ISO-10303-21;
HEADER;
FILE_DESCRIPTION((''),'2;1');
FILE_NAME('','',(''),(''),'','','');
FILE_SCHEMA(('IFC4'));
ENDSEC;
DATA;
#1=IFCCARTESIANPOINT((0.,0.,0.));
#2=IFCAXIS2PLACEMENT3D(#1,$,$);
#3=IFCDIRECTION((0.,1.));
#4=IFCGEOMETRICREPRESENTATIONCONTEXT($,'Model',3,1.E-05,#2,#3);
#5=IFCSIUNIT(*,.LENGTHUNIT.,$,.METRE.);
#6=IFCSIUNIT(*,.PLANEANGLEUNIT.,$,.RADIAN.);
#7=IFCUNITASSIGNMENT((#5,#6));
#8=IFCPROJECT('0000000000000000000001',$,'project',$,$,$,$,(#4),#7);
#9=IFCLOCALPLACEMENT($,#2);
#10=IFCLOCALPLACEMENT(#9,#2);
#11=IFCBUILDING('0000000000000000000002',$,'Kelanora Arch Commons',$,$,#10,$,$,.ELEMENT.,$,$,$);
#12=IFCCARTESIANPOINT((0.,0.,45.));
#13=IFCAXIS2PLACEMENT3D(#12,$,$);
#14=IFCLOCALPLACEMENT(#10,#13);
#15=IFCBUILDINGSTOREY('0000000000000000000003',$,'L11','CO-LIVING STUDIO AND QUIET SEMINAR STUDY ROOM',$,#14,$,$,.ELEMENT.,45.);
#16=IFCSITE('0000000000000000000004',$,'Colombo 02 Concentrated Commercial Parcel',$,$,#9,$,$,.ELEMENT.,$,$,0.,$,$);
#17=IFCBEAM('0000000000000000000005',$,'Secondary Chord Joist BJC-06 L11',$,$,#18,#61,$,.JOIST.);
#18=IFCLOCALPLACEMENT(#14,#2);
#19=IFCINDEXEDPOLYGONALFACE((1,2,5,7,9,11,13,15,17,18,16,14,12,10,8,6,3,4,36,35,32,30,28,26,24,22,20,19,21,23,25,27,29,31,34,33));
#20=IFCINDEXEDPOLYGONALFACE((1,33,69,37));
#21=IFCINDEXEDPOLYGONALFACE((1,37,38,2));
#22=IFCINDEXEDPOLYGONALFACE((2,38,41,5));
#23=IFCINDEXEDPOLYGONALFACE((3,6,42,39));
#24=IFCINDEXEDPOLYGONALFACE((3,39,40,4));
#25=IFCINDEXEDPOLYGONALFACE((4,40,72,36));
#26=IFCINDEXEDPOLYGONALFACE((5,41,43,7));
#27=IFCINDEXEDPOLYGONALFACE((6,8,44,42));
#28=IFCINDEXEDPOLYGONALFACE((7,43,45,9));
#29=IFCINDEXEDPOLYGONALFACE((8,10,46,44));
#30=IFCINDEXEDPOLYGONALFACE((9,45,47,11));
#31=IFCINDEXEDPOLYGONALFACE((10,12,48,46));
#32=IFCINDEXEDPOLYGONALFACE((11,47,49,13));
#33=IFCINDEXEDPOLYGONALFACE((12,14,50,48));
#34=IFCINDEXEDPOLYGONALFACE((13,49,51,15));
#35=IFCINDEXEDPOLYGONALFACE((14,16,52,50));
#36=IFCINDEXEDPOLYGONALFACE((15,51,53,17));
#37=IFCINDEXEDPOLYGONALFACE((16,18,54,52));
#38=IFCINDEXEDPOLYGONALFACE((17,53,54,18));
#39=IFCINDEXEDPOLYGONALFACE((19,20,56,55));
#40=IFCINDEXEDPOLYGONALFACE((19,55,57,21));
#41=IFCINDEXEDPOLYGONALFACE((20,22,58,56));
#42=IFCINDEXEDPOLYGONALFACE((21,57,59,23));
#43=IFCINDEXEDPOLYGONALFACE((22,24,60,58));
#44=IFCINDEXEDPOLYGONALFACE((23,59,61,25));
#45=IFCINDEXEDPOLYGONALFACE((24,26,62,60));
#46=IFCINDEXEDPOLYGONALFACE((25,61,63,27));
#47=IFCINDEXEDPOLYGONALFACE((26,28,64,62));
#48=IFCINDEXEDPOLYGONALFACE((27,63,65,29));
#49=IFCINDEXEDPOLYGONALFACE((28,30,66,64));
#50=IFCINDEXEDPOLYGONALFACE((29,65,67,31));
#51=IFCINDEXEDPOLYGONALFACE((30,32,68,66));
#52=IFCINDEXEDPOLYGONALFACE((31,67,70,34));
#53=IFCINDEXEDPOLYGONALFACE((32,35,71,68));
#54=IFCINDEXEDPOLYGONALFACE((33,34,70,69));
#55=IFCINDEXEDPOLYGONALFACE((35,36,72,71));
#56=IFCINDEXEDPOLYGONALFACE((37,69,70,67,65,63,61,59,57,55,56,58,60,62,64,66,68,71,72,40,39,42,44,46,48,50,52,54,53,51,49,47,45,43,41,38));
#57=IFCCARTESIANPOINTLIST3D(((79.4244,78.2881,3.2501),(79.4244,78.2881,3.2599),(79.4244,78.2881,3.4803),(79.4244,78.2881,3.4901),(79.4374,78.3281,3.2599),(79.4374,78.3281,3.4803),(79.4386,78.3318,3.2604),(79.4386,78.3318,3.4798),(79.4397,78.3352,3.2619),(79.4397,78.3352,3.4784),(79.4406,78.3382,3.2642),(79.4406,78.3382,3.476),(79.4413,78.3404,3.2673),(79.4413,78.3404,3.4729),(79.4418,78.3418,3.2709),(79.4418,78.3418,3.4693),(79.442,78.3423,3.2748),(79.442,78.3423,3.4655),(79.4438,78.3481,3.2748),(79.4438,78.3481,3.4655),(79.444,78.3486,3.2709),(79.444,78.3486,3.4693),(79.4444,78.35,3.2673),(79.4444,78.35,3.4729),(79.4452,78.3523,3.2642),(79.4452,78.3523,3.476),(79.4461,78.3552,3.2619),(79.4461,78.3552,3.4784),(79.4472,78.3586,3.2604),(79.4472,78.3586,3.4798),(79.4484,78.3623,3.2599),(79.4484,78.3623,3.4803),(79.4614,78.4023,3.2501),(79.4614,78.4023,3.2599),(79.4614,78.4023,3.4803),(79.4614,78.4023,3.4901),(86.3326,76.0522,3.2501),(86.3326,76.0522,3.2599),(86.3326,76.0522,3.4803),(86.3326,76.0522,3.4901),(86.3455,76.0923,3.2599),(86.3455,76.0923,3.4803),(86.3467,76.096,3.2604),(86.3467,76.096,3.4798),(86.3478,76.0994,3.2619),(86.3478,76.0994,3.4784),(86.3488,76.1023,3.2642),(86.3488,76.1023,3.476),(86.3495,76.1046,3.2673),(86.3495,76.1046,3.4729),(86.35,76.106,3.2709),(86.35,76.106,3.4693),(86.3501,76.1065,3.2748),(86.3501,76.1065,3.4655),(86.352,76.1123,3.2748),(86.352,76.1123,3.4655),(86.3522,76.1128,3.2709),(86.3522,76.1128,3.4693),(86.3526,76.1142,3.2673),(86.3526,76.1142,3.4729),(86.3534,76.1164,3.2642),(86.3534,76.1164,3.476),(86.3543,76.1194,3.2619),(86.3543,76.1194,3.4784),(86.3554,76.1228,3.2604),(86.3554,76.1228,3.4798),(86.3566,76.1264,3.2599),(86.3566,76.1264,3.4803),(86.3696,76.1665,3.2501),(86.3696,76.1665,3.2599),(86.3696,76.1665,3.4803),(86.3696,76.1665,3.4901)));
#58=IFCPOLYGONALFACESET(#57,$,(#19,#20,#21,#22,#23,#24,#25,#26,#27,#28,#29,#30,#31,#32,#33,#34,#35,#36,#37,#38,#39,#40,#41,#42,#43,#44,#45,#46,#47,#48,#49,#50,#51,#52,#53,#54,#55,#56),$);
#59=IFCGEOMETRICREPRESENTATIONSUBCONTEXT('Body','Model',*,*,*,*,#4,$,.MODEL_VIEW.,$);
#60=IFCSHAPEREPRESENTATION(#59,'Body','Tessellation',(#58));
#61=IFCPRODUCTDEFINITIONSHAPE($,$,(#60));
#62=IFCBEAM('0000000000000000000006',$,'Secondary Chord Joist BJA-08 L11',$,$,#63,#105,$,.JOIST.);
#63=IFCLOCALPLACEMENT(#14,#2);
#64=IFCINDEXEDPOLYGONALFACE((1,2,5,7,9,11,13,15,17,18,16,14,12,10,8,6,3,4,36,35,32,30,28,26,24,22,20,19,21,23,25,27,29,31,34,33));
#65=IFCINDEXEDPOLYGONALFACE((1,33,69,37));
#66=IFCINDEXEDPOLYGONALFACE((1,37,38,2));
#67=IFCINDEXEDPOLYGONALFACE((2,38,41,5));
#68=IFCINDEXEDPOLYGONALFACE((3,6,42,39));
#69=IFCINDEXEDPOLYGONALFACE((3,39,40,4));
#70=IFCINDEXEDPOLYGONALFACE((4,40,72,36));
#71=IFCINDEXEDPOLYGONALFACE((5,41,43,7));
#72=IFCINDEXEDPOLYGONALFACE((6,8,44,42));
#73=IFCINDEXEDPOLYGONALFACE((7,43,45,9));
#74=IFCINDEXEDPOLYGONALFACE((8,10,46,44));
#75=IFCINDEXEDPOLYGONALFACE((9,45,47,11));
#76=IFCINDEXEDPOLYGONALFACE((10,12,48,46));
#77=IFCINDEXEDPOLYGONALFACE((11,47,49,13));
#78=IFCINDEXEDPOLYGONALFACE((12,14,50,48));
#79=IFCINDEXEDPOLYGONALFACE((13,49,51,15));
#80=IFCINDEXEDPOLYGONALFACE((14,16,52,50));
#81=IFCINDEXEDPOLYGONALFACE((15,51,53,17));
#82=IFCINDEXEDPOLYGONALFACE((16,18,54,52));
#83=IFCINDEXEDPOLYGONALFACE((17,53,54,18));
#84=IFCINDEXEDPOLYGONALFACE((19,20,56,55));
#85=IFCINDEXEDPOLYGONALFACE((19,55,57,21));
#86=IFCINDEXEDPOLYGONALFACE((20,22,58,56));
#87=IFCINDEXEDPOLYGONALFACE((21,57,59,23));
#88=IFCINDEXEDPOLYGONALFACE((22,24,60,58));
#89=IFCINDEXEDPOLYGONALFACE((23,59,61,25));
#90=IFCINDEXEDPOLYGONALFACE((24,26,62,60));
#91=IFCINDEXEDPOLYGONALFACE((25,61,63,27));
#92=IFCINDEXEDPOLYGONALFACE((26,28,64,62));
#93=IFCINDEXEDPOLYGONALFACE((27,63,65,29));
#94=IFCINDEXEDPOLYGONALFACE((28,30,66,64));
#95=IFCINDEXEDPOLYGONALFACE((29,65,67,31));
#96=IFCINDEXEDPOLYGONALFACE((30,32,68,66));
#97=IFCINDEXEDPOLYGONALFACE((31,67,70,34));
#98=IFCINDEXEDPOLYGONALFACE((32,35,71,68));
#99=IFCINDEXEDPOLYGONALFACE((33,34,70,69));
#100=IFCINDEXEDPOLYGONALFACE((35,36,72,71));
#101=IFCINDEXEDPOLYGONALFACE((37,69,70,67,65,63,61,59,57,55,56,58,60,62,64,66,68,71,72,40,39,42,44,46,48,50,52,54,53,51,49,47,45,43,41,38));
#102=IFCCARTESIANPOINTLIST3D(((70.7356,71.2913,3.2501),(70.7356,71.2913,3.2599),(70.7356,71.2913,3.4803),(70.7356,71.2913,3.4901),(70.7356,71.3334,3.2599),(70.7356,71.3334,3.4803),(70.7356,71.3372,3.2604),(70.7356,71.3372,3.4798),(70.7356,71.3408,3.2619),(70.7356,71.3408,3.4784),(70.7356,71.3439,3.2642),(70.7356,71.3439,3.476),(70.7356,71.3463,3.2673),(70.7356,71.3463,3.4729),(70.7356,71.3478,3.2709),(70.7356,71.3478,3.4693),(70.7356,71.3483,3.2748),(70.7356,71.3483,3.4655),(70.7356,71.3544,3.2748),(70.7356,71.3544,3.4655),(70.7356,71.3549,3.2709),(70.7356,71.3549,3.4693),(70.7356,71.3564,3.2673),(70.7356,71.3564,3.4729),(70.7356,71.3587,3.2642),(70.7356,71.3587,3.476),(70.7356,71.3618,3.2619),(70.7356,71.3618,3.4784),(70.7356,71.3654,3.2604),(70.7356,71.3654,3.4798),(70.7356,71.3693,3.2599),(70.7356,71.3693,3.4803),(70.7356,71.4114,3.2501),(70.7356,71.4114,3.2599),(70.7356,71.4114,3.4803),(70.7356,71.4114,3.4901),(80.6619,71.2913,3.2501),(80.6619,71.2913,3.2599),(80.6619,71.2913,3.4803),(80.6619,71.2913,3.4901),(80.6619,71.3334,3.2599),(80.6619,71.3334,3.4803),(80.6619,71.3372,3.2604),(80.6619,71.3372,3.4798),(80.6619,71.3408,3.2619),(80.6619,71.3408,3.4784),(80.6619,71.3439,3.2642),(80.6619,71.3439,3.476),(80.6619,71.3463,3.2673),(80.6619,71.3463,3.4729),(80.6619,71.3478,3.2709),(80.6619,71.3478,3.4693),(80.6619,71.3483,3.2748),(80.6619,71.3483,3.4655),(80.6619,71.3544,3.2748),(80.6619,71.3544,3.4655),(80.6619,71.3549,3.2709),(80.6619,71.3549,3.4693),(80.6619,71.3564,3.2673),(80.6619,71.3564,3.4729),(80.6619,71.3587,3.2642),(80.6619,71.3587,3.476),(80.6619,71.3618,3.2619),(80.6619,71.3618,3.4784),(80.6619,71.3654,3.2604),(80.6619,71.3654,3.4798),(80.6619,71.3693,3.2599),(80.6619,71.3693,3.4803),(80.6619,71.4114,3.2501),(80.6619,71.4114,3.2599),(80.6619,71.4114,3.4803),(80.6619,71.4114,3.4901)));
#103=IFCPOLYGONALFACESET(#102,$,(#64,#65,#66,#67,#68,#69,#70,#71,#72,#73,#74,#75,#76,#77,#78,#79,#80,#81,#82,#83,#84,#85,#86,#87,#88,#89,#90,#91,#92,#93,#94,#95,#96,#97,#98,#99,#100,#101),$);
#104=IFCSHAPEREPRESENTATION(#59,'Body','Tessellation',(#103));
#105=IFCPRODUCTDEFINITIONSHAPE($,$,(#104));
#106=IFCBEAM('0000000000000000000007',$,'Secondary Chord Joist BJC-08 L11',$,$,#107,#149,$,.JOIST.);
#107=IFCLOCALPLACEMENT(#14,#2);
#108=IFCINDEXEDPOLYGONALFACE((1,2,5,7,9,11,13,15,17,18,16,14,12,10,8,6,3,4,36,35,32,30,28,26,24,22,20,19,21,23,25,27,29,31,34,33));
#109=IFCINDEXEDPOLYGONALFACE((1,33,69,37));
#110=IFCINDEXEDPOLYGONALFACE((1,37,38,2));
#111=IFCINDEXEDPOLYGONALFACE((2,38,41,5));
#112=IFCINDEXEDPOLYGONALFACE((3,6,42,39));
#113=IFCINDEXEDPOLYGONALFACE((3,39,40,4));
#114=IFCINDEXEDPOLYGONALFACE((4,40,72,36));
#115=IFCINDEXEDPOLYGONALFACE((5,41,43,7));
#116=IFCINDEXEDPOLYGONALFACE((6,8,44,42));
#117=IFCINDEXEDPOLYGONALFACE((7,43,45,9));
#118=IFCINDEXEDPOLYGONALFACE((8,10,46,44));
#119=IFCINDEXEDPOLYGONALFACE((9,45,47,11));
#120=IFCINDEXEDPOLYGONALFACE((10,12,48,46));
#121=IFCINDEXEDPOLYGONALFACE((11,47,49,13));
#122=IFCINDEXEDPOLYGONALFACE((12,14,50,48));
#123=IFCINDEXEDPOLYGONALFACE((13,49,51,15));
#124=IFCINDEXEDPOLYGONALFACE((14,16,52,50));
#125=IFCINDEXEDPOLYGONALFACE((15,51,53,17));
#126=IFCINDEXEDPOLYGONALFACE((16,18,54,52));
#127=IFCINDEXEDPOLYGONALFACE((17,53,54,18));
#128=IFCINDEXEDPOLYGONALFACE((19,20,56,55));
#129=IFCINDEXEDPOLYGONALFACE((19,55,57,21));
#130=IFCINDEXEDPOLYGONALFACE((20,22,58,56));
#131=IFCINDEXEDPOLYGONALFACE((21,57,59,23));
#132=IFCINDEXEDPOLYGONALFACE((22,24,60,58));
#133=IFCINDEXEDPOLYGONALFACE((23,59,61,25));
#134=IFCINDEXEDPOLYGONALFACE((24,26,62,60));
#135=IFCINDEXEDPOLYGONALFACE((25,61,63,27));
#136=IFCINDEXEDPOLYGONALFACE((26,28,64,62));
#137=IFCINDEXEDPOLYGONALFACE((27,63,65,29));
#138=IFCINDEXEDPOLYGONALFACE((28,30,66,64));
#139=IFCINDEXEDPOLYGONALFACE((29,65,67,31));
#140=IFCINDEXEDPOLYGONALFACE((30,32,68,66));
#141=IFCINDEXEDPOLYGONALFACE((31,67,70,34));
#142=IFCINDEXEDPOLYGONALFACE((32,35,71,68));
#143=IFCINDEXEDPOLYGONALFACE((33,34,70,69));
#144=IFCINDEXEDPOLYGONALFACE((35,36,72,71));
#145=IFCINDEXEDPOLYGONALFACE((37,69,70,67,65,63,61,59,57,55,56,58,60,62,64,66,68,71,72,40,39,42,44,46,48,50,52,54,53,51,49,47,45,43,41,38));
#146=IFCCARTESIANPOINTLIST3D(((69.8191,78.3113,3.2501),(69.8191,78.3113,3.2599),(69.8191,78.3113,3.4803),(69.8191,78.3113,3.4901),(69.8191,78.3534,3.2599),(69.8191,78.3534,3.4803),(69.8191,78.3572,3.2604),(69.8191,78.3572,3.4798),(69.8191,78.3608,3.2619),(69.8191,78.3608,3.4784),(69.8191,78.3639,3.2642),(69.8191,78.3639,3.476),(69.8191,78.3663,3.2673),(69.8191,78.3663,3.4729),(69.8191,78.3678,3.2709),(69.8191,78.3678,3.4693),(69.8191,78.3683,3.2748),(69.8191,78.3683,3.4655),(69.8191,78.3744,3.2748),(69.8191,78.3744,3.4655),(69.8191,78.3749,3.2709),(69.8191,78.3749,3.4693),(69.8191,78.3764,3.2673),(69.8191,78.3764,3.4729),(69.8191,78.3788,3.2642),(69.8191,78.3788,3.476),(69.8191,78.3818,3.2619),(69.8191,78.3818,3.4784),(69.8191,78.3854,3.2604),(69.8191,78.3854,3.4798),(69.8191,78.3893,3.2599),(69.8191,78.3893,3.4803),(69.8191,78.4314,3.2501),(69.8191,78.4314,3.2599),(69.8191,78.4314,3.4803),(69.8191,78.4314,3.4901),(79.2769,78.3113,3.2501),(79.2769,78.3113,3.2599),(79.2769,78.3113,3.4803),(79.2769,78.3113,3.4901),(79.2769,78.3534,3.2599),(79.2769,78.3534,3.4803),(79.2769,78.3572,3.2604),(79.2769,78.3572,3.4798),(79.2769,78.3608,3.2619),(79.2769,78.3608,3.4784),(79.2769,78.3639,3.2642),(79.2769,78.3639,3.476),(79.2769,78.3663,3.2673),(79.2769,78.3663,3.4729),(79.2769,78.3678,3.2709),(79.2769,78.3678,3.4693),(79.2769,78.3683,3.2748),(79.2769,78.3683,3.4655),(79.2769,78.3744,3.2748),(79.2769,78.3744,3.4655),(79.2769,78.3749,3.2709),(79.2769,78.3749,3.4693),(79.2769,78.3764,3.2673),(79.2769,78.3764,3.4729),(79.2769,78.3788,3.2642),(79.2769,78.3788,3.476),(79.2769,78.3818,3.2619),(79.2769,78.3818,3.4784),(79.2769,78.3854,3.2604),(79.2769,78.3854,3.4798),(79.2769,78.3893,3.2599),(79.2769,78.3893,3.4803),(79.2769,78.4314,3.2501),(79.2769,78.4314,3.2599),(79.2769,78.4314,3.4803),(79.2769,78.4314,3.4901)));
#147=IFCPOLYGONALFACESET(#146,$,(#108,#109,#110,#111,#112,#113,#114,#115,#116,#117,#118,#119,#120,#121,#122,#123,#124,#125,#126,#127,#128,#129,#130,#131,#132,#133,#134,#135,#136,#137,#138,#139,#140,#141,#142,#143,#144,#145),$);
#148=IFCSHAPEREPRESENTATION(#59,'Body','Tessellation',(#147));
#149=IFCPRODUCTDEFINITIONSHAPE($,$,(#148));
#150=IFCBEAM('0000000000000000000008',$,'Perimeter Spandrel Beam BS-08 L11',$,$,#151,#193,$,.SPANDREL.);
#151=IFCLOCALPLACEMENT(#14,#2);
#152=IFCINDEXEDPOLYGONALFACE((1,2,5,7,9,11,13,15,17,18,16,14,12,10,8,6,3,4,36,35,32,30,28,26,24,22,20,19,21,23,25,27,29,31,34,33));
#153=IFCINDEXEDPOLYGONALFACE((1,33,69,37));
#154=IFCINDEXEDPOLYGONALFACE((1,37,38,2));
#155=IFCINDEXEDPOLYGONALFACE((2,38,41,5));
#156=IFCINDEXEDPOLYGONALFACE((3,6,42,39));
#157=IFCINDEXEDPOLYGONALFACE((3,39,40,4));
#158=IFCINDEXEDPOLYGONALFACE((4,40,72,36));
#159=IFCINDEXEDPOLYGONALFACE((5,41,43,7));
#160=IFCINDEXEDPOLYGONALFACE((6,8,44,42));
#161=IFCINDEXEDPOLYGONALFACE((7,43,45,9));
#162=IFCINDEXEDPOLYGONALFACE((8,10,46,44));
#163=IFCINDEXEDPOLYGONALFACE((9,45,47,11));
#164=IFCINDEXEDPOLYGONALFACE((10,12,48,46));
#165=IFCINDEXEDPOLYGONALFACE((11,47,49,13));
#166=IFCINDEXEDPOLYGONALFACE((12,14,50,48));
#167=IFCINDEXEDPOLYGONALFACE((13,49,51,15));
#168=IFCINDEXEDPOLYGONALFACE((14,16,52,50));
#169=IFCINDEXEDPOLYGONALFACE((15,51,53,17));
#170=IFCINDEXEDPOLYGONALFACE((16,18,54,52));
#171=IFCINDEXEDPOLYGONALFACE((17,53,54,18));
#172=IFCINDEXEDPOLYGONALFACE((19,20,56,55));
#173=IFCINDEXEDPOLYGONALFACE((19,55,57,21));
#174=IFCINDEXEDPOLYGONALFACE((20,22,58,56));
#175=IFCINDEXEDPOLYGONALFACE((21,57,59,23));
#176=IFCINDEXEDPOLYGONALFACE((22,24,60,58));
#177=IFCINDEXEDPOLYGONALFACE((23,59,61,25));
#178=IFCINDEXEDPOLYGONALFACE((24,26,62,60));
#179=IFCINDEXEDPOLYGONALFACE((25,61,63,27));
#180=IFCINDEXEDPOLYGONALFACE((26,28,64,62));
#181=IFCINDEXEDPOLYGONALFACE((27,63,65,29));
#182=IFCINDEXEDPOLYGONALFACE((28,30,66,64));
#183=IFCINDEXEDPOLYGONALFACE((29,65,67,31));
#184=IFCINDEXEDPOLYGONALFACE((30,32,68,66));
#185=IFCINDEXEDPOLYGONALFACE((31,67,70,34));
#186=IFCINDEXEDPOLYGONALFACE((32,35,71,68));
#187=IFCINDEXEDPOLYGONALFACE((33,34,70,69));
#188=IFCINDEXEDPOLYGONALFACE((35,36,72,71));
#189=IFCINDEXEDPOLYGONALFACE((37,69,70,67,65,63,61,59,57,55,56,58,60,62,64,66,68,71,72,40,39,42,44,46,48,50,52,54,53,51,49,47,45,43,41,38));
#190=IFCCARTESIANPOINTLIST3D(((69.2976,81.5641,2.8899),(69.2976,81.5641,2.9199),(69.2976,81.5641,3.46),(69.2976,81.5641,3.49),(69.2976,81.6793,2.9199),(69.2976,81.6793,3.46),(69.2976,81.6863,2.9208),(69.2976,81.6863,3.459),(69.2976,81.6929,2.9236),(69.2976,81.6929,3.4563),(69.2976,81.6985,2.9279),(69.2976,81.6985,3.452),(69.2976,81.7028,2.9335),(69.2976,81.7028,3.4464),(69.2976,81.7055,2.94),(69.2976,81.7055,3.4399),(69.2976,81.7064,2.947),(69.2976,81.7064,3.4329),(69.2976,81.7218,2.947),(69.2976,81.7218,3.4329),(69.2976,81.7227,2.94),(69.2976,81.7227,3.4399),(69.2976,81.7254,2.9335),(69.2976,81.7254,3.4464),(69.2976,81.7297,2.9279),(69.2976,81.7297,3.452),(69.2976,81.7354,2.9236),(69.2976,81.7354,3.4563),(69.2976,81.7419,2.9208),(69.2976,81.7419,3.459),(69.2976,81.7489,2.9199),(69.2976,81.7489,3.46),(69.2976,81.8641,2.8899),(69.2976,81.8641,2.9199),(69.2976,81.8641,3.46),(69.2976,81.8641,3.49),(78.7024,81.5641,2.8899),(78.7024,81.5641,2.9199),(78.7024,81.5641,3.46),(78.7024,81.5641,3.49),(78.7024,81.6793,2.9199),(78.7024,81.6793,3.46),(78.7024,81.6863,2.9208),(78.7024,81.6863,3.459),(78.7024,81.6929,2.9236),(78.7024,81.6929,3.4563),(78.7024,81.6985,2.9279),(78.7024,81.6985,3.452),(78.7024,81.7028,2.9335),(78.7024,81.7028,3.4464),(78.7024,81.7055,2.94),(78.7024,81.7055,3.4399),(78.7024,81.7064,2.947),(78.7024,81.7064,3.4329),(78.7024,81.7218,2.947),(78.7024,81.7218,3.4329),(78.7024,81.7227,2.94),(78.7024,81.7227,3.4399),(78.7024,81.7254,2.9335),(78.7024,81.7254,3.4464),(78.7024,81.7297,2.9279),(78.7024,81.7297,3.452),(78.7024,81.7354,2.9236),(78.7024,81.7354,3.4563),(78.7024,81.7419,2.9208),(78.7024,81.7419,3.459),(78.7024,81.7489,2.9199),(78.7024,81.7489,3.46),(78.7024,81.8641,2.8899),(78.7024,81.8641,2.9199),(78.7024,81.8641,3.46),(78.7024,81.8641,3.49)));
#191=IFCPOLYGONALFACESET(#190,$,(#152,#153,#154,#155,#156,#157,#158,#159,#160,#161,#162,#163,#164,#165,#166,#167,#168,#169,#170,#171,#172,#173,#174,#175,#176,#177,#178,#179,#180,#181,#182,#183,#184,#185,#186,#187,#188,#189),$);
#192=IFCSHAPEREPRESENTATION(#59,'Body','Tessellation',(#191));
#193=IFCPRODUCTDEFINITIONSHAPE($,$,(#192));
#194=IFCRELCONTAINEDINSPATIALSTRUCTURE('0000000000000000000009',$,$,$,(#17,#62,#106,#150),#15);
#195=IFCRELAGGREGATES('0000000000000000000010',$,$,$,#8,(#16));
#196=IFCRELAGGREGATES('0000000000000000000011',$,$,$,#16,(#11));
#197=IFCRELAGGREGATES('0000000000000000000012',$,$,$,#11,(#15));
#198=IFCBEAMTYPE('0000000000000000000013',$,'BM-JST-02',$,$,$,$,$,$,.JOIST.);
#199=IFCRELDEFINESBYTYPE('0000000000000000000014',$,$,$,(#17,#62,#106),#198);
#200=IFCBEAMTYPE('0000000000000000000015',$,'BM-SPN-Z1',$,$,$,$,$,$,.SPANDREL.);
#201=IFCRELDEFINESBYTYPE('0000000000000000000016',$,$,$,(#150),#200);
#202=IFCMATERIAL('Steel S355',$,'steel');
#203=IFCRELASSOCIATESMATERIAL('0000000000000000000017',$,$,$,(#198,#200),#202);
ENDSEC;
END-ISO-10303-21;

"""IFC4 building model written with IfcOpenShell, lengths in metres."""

from ifc_helpers import new_model, si_unit, direction, frame, origin, origin_2d, place, context, subcontext, project, spatial, i_section, extrude, material, material_profile, profile_set, type_object, element, save


model = new_model("IFC4")

# Units and contexts
model_context = context("Model", 3, precision=1e-05, world=origin(), true_north=direction((0.0, 1.0)))
body_context = subcontext(model_context, "Body", "Model", "MODEL_VIEW")
ifc_project = project(units=[si_unit("LENGTHUNIT", "METRE"), si_unit("PLANEANGLEUNIT", "RADIAN")], contexts=[model_context])

# Site, building, storey
site_placement = place(None, origin())
site = spatial("IfcSite", under=ifc_project, at=site_placement, Name="Colombo 02 Concentrated Commercial Parcel", CompositionType="ELEMENT", RefElevation=0.0)
building_placement = place(site_placement, origin())
building = spatial("IfcBuilding", under=site, at=building_placement, Name="Kelanora Arch Commons", CompositionType="ELEMENT")
storey_placement = place(building_placement, frame((0.0, 0.0, 45.0)))
storey = spatial("IfcBuildingStorey", under=building, at=storey_placement, Name="L11", Description="CO-LIVING STUDIO AND QUIET SEMINAR STUDY ROOM", CompositionType="ELEMENT", Elevation=45.0)

# Beams
ifc_material_1 = material(Name="Steel S355", Category="steel")
ifc_material_profile_1 = material_profile(ifc_material_1, i_section(OverallWidth=0.1201, OverallDepth=0.24, WebThickness=0.0061, FlangeThickness=0.0098, FilletRadius=0.0149, at=origin_2d()), Name="IPE240")
ifc_profile_set_1 = profile_set([ifc_material_profile_1], Name="Steel S355")
beam_type_1 = type_object("IfcBeamType", Name="BM-JST-02", PredefinedType="JOIST", material=ifc_profile_set_1)
beam_1_placement = place(storey_placement, frame((86.3511, 76.1094, 3.3701), z_axis=(-0.951411, 0.307924, 0.0), x_axis=(-0.307924, -0.951411, 0.0)))
element("IfcBeam", 1, at=beam_1_placement, inside=storey, type_object=beam_type_1, Name="Secondary Chord Joist BJC-06 L11", PredefinedType="JOIST", context=body_context, shape_type="SweptSolid", body=[
    extrude(i_section(OverallWidth=0.1201, OverallDepth=0.24, WebThickness=0.0061, FlangeThickness=0.0098, FilletRadius=0.0149, at=origin_2d()), origin(), (0.0, 0.0, 1.0), 7.261),
])
beam_2_placement = place(storey_placement, frame((80.6619, 71.3513, 3.3701), z_axis=(-1.0, 0.0, 0.0), x_axis=(0.0, -1.0, 0.0)))
element("IfcBeam", 2, at=beam_2_placement, inside=storey, type_object=beam_type_1, Name="Secondary Chord Joist BJA-08 L11", PredefinedType="JOIST", context=body_context, shape_type="SweptSolid", body=[
    extrude(i_section(OverallWidth=0.1201, OverallDepth=0.24, WebThickness=0.0061, FlangeThickness=0.0098, FilletRadius=0.0149, at=origin_2d()), origin(), (0.0, 0.0, 1.0), 9.9263),
])
beam_3_placement = place(storey_placement, frame((79.2769, 78.3713, 3.3701), z_axis=(-1.0, 0.0, 0.0), x_axis=(0.0, -1.0, 0.0)))
element("IfcBeam", 3, at=beam_3_placement, inside=storey, type_object=beam_type_1, Name="Secondary Chord Joist BJC-08 L11", PredefinedType="JOIST", context=body_context, shape_type="SweptSolid", body=[
    extrude(i_section(OverallWidth=0.1201, OverallDepth=0.24, WebThickness=0.0061, FlangeThickness=0.0098, FilletRadius=0.0149, at=origin_2d()), origin(), (0.0, 0.0, 1.0), 9.4578),
])
ifc_material_profile_2 = material_profile(ifc_material_1, i_section(OverallWidth=0.3, OverallDepth=0.6001, WebThickness=0.0154, FlangeThickness=0.03, FilletRadius=0.0271, at=origin_2d()), Name="HEB600")
ifc_profile_set_2 = profile_set([ifc_material_profile_2], Name="Steel S355")
beam_type_2 = type_object("IfcBeamType", Name="BM-SPN-Z1", PredefinedType="SPANDREL", material=ifc_profile_set_2)
beam_4_placement = place(storey_placement, frame((78.7024, 81.7141, 3.1899), z_axis=(-1.0, 0.0, 0.0), x_axis=(0.0, -1.0, 0.0)))
element("IfcBeam", 4, at=beam_4_placement, inside=storey, type_object=beam_type_2, Name="Perimeter Spandrel Beam BS-08 L11", PredefinedType="SPANDREL", context=body_context, shape_type="SweptSolid", body=[
    extrude(i_section(OverallWidth=0.3, OverallDepth=0.6001, WebThickness=0.0154, FlangeThickness=0.03, FilletRadius=0.0271, at=origin_2d()), origin(), (0.0, 0.0, 1.0), 9.4048),
])

save(model, "model.ifc")
